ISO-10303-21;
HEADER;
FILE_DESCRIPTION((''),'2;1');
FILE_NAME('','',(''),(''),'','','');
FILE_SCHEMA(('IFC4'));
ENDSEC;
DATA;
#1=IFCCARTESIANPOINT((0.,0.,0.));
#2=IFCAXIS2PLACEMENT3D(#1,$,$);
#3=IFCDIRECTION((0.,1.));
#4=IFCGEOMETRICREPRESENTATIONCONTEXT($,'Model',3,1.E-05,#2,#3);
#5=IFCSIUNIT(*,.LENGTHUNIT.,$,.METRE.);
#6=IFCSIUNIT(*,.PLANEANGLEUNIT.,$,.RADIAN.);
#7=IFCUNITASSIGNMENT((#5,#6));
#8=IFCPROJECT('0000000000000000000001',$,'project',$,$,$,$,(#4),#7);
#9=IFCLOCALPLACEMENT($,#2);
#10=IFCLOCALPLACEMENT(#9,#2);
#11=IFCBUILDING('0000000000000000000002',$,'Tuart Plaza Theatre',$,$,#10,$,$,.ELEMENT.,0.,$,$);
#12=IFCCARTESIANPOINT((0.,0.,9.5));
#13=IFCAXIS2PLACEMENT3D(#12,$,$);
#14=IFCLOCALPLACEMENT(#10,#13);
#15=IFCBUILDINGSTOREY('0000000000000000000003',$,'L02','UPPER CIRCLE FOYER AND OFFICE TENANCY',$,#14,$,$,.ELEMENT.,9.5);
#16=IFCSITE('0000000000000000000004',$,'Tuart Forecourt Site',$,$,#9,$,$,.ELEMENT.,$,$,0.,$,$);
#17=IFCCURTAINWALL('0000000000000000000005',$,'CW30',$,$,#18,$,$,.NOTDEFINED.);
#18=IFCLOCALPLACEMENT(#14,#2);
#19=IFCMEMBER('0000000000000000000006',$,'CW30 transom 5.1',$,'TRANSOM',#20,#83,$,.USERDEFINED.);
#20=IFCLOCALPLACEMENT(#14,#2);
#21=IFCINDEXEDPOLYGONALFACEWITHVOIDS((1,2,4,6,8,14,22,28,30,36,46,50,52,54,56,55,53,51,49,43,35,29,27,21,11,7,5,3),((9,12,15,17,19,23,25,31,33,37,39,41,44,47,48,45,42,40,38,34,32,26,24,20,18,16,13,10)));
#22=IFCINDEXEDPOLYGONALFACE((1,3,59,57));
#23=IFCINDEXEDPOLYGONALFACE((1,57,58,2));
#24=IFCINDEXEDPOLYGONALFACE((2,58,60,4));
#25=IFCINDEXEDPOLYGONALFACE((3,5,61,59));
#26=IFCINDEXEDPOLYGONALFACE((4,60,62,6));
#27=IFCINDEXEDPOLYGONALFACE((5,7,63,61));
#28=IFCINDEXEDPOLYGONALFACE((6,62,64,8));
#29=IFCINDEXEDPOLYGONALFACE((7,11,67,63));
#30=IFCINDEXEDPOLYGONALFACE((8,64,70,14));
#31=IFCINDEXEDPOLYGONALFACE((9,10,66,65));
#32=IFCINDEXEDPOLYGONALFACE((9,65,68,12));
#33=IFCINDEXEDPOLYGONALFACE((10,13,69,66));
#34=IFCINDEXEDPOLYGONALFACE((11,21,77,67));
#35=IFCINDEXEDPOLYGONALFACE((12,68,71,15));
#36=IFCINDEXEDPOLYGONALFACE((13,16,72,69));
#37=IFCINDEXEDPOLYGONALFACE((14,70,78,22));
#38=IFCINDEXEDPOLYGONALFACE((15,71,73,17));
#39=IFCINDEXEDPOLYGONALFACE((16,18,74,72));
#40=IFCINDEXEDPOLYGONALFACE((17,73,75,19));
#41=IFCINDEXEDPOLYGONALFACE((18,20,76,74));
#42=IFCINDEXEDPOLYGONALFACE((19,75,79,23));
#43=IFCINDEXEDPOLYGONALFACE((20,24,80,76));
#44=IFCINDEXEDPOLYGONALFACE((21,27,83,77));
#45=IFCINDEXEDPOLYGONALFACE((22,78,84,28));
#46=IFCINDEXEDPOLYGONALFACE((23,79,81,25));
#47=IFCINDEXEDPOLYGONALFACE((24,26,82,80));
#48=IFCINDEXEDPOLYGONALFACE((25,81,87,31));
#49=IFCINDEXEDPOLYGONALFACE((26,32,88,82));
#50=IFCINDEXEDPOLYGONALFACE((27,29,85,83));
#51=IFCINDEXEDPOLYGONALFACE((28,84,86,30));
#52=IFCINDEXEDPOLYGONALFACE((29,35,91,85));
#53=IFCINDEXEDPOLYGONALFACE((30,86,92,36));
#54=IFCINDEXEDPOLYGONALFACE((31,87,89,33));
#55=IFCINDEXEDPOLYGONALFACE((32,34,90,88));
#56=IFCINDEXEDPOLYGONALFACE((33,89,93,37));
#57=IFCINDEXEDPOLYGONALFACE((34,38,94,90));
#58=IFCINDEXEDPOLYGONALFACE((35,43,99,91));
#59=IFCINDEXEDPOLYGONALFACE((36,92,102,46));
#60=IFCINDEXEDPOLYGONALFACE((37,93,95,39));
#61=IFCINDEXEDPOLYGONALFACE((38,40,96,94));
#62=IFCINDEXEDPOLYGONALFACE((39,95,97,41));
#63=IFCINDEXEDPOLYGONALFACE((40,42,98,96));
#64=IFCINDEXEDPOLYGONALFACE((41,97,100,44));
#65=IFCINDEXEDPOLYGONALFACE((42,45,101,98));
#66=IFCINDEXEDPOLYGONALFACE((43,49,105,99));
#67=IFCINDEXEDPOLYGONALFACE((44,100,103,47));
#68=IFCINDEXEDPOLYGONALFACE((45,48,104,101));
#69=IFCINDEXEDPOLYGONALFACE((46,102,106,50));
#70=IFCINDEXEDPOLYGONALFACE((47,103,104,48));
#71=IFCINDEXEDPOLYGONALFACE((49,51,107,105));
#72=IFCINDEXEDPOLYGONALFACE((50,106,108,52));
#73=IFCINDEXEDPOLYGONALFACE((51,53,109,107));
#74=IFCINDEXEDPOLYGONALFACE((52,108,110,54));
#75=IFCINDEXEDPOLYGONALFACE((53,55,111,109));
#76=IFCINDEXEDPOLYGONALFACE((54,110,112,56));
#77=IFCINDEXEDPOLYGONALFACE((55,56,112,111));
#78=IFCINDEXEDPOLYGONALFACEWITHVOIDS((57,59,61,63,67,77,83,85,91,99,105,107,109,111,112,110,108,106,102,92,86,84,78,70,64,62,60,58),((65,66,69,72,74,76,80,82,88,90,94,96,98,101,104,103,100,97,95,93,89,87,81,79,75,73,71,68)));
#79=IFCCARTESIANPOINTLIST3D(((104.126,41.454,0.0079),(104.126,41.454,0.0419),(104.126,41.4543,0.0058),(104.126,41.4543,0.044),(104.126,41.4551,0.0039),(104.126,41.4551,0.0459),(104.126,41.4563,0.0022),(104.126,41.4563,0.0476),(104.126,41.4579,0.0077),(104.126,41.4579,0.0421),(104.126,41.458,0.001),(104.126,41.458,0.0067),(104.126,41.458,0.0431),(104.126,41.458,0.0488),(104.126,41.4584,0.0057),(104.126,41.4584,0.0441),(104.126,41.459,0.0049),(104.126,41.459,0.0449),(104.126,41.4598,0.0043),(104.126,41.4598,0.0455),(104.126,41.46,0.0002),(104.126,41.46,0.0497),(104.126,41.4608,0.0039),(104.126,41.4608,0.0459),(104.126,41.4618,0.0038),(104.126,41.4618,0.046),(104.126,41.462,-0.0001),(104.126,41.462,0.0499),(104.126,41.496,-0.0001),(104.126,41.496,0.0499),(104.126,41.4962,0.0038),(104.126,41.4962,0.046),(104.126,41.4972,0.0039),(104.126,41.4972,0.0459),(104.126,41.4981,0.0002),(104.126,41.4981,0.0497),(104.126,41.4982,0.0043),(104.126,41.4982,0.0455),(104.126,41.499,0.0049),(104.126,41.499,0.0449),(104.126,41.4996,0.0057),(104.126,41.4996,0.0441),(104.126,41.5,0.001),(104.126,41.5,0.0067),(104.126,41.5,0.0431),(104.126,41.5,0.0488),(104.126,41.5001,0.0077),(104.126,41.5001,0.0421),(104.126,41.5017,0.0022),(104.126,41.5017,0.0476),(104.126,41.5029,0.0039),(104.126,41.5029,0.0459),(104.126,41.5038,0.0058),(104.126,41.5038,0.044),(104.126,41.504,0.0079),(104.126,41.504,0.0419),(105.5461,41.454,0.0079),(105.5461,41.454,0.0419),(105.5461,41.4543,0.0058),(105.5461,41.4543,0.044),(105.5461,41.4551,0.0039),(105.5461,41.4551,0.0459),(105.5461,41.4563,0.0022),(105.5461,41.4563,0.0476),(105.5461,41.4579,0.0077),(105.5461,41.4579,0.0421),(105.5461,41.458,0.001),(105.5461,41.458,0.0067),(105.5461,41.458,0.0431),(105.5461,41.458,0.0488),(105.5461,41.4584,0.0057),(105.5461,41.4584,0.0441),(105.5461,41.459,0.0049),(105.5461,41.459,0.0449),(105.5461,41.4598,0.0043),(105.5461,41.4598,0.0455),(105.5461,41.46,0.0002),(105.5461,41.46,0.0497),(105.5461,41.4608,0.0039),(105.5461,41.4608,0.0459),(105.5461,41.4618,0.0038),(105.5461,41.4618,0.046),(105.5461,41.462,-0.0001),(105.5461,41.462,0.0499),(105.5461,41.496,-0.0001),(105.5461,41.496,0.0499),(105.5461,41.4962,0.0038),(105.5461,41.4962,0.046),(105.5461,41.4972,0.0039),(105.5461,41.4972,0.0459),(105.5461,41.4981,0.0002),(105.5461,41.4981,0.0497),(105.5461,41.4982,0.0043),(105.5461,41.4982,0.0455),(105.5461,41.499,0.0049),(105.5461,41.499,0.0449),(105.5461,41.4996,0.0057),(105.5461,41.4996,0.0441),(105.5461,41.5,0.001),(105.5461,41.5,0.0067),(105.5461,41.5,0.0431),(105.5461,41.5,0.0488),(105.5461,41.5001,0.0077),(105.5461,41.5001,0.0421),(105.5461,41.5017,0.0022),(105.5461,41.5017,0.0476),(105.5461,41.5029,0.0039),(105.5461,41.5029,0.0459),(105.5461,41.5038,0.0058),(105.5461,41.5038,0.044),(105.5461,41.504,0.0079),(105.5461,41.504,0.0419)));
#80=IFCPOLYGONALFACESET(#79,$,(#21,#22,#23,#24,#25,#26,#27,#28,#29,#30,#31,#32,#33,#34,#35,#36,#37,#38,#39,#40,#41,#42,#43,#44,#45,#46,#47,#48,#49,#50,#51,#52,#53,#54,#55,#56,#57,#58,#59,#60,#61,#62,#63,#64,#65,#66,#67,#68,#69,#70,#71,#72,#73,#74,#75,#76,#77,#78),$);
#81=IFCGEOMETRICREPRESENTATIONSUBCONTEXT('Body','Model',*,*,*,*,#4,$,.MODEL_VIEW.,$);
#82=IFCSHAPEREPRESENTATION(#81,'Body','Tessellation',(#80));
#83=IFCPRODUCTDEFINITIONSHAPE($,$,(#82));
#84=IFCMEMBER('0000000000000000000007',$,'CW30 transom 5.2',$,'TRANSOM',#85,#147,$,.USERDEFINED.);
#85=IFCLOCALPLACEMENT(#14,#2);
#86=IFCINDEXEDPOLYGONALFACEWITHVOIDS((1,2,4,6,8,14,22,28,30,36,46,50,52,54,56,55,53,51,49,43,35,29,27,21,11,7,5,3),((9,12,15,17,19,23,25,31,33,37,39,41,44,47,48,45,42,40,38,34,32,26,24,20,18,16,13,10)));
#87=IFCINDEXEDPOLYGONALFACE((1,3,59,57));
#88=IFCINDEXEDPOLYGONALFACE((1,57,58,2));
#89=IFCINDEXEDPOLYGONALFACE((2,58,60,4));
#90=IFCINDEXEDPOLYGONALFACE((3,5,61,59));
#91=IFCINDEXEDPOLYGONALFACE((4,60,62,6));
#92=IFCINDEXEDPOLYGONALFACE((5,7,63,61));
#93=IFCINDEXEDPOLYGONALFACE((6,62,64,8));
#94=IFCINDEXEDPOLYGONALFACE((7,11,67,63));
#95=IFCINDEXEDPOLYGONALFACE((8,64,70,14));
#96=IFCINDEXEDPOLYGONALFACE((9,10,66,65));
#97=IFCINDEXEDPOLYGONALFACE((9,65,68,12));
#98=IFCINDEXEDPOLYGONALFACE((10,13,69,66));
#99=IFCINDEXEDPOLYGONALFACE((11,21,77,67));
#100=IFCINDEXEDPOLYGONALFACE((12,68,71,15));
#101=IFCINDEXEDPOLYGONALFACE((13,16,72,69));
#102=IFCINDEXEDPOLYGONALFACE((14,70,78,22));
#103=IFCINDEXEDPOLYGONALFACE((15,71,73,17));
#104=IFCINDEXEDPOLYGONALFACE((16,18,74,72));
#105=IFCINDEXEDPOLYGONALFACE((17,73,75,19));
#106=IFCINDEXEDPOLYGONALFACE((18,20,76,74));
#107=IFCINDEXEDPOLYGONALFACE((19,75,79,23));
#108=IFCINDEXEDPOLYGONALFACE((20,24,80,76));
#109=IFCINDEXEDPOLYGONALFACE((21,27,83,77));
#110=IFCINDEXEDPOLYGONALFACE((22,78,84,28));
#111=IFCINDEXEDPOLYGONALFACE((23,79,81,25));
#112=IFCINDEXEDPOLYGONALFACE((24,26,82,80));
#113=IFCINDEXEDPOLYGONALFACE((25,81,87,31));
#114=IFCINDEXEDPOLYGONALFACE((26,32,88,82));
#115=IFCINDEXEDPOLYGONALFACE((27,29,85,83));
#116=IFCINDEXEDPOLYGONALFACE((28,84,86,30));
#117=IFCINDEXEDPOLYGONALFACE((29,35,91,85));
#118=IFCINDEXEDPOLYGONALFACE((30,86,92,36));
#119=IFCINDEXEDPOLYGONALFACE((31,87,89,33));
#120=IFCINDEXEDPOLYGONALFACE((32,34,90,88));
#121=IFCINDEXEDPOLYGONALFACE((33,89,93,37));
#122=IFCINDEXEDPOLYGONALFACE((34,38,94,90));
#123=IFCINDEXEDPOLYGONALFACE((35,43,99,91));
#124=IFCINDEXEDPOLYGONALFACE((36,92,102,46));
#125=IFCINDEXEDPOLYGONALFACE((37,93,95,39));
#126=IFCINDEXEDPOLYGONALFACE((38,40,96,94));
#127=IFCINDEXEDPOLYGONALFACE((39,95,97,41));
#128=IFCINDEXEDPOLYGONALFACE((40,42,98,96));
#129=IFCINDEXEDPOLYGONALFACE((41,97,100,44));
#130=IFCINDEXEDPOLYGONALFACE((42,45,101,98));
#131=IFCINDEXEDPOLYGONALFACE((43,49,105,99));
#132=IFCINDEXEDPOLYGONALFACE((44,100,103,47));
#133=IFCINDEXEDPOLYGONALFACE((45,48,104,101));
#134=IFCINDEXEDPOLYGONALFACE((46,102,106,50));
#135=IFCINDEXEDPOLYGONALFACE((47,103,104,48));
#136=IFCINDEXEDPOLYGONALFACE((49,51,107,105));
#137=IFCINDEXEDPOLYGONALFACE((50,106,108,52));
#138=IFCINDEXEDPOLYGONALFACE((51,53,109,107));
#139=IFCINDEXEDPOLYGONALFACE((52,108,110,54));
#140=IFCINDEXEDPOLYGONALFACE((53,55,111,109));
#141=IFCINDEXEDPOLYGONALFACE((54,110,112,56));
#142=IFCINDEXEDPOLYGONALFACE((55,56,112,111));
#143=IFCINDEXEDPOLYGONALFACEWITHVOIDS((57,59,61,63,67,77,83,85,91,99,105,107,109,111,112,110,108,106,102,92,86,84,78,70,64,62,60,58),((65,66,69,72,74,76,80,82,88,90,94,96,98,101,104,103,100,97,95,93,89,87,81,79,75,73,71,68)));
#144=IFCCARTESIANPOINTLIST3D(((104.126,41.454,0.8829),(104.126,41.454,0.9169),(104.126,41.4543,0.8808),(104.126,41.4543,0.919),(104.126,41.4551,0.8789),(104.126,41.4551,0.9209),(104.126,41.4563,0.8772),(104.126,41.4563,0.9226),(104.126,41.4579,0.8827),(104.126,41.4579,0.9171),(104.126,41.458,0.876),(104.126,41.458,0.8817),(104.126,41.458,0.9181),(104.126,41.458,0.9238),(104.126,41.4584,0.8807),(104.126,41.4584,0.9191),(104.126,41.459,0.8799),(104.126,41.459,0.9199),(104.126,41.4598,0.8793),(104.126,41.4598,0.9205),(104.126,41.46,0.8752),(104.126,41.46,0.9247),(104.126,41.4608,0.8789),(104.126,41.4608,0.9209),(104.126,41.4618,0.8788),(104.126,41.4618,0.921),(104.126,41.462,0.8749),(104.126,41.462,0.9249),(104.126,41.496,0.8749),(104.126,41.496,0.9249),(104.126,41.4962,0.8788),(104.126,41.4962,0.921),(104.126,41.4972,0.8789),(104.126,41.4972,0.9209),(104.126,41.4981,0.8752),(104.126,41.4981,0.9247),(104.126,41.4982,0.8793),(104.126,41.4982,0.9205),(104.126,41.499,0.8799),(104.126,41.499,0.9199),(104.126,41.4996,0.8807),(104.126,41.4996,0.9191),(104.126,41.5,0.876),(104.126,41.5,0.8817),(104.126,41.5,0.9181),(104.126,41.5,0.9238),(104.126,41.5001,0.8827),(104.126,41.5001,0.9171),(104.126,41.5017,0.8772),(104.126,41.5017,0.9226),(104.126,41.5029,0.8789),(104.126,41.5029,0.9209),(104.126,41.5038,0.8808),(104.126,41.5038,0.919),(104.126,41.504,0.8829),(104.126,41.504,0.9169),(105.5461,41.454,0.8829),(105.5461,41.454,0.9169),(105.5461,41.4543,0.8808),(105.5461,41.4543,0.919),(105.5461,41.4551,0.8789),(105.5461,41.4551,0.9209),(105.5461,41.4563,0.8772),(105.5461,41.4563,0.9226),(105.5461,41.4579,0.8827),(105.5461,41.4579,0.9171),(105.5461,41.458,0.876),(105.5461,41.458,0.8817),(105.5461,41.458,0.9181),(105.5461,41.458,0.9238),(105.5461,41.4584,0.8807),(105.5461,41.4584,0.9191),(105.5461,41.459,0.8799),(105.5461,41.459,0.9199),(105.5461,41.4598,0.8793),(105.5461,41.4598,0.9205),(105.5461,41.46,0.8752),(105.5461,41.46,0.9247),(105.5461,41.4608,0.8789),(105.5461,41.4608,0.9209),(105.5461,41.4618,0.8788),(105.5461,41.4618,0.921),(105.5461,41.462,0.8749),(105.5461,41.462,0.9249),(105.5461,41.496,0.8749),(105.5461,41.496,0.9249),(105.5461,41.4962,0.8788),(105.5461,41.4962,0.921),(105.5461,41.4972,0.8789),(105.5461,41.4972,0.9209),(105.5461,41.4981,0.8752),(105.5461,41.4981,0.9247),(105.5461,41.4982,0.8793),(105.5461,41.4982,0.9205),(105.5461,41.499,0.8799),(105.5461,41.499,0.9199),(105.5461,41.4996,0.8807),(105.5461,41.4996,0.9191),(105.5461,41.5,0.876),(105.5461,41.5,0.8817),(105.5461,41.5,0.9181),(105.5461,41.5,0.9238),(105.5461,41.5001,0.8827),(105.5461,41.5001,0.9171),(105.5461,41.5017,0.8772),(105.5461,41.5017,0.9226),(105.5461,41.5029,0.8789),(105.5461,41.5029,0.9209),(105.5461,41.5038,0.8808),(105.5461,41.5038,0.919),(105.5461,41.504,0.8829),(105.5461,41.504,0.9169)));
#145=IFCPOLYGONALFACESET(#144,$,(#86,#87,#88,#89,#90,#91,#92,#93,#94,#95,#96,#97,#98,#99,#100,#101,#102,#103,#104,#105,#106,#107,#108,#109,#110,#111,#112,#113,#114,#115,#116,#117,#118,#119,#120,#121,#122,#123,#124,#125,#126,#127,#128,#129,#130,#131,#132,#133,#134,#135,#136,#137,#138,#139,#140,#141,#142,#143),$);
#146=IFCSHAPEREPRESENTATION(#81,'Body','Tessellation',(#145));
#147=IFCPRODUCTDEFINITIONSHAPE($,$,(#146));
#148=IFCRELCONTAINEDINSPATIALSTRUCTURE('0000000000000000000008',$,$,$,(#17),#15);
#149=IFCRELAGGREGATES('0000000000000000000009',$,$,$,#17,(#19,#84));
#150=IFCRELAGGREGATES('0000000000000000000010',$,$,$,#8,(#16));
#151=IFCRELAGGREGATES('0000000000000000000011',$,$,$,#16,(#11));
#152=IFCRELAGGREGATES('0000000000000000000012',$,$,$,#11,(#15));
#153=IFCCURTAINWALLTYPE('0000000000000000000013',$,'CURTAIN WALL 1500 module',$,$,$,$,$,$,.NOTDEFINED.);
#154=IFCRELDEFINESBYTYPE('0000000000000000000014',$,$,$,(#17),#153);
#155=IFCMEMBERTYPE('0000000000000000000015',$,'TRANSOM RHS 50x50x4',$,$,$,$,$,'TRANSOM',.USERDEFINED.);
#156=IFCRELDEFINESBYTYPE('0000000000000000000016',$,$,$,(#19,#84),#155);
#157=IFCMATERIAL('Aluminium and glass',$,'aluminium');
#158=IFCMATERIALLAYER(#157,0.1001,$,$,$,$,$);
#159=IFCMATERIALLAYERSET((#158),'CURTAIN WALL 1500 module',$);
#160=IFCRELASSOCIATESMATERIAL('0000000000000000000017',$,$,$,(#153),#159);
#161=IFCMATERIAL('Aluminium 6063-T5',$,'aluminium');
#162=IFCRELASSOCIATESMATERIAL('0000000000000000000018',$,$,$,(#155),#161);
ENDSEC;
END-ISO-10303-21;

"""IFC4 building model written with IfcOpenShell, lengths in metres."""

from ifc_helpers import new_model, si_unit, direction, frame, origin, origin_2d, place, context, subcontext, project, spatial, hollow_rectangle, extrude, material, layer, layer_set, material_profile, profile_set, type_object, element, aggregate, save


model = new_model("IFC4")

# Units and contexts
model_context = context("Model", 3, precision=1e-05, world=origin(), true_north=direction((0.0, 1.0)))
body_context = subcontext(model_context, "Body", "Model", "MODEL_VIEW")
ifc_project = project(units=[si_unit("LENGTHUNIT", "METRE"), si_unit("PLANEANGLEUNIT", "RADIAN")], contexts=[model_context])

# Site, building, storey
site_placement = place(None, origin())
site = spatial("IfcSite", under=ifc_project, at=site_placement, Name="Tuart Forecourt Site", CompositionType="ELEMENT", RefElevation=0.0)
building_placement = place(site_placement, origin())
building = spatial("IfcBuilding", under=site, at=building_placement, Name="Tuart Plaza Theatre", CompositionType="ELEMENT", ElevationOfRefHeight=0.0)
storey_placement = place(building_placement, frame((0.0, 0.0, 9.5)))
storey = spatial("IfcBuildingStorey", under=building, at=storey_placement, Name="L02", Description="UPPER CIRCLE FOYER AND OFFICE TENANCY", CompositionType="ELEMENT", Elevation=9.5)

# Curtain wall
ifc_material_1 = material(Name="Aluminium and glass", Category="aluminium")
ifc_layer_1 = layer(ifc_material_1, 0.1001)
ifc_layer_set_1 = layer_set([ifc_layer_1], Name="CURTAIN WALL 1500 module")
curtain_wall_type = type_object("IfcCurtainWallType", Name="CURTAIN WALL 1500 module", PredefinedType="NOTDEFINED", material=ifc_layer_set_1)
curtain_wall_1_placement = place(storey_placement, origin())
curtain_wall_1 = element("IfcCurtainWall", 1, at=curtain_wall_1_placement, inside=storey, type_object=curtain_wall_type, Name="CW30", PredefinedType="NOTDEFINED")

# Members
ifc_material_2 = material(Name="Aluminium 6063-T5", Category="aluminium")
ifc_material_profile_1 = material_profile(ifc_material_2, hollow_rectangle(XDim=0.05, YDim=0.05, WallThickness=0.0039, InnerFilletRadius=0.0039, OuterFilletRadius=0.0081, at=origin_2d()), Name="RHS 50x50x4")
ifc_profile_set_1 = profile_set([ifc_material_profile_1], Name="Aluminium 6063-T5")
member_type_1 = type_object("IfcMemberType", Name="TRANSOM RHS 50x50x4", ElementType="TRANSOM", PredefinedType="USERDEFINED", material=ifc_profile_set_1)
member_1_placement = place(storey_placement, frame((104.126, 41.479, 0.0249), z_axis=(1.0, 0.0, 0.0), x_axis=(0.0, 1.0, 0.0)))
member_1 = element("IfcMember", 2, at=member_1_placement, type_object=member_type_1, Name="CW30 transom 5.1", ObjectType="TRANSOM", PredefinedType="USERDEFINED", context=body_context, shape_type="SweptSolid", body=[
    extrude(hollow_rectangle(XDim=0.05, YDim=0.05, WallThickness=0.0039, InnerFilletRadius=0.0039, OuterFilletRadius=0.0081, at=origin_2d()), origin(), (0.0, 0.0, 1.0), 1.4202),
])
member_2_placement = place(storey_placement, frame((104.126, 41.479, 0.8999), z_axis=(1.0, 0.0, 0.0), x_axis=(0.0, 1.0, 0.0)))
member_2 = element("IfcMember", 3, at=member_2_placement, type_object=member_type_1, Name="CW30 transom 5.2", ObjectType="TRANSOM", PredefinedType="USERDEFINED", context=body_context, shape_type="SweptSolid", body=[
    extrude(hollow_rectangle(XDim=0.05, YDim=0.05, WallThickness=0.0039, InnerFilletRadius=0.0039, OuterFilletRadius=0.0081, at=origin_2d()), origin(), (0.0, 0.0, 1.0), 1.4202),
])

aggregate(curtain_wall_1, [member_1, member_2])

save(model, "model.ifc")
